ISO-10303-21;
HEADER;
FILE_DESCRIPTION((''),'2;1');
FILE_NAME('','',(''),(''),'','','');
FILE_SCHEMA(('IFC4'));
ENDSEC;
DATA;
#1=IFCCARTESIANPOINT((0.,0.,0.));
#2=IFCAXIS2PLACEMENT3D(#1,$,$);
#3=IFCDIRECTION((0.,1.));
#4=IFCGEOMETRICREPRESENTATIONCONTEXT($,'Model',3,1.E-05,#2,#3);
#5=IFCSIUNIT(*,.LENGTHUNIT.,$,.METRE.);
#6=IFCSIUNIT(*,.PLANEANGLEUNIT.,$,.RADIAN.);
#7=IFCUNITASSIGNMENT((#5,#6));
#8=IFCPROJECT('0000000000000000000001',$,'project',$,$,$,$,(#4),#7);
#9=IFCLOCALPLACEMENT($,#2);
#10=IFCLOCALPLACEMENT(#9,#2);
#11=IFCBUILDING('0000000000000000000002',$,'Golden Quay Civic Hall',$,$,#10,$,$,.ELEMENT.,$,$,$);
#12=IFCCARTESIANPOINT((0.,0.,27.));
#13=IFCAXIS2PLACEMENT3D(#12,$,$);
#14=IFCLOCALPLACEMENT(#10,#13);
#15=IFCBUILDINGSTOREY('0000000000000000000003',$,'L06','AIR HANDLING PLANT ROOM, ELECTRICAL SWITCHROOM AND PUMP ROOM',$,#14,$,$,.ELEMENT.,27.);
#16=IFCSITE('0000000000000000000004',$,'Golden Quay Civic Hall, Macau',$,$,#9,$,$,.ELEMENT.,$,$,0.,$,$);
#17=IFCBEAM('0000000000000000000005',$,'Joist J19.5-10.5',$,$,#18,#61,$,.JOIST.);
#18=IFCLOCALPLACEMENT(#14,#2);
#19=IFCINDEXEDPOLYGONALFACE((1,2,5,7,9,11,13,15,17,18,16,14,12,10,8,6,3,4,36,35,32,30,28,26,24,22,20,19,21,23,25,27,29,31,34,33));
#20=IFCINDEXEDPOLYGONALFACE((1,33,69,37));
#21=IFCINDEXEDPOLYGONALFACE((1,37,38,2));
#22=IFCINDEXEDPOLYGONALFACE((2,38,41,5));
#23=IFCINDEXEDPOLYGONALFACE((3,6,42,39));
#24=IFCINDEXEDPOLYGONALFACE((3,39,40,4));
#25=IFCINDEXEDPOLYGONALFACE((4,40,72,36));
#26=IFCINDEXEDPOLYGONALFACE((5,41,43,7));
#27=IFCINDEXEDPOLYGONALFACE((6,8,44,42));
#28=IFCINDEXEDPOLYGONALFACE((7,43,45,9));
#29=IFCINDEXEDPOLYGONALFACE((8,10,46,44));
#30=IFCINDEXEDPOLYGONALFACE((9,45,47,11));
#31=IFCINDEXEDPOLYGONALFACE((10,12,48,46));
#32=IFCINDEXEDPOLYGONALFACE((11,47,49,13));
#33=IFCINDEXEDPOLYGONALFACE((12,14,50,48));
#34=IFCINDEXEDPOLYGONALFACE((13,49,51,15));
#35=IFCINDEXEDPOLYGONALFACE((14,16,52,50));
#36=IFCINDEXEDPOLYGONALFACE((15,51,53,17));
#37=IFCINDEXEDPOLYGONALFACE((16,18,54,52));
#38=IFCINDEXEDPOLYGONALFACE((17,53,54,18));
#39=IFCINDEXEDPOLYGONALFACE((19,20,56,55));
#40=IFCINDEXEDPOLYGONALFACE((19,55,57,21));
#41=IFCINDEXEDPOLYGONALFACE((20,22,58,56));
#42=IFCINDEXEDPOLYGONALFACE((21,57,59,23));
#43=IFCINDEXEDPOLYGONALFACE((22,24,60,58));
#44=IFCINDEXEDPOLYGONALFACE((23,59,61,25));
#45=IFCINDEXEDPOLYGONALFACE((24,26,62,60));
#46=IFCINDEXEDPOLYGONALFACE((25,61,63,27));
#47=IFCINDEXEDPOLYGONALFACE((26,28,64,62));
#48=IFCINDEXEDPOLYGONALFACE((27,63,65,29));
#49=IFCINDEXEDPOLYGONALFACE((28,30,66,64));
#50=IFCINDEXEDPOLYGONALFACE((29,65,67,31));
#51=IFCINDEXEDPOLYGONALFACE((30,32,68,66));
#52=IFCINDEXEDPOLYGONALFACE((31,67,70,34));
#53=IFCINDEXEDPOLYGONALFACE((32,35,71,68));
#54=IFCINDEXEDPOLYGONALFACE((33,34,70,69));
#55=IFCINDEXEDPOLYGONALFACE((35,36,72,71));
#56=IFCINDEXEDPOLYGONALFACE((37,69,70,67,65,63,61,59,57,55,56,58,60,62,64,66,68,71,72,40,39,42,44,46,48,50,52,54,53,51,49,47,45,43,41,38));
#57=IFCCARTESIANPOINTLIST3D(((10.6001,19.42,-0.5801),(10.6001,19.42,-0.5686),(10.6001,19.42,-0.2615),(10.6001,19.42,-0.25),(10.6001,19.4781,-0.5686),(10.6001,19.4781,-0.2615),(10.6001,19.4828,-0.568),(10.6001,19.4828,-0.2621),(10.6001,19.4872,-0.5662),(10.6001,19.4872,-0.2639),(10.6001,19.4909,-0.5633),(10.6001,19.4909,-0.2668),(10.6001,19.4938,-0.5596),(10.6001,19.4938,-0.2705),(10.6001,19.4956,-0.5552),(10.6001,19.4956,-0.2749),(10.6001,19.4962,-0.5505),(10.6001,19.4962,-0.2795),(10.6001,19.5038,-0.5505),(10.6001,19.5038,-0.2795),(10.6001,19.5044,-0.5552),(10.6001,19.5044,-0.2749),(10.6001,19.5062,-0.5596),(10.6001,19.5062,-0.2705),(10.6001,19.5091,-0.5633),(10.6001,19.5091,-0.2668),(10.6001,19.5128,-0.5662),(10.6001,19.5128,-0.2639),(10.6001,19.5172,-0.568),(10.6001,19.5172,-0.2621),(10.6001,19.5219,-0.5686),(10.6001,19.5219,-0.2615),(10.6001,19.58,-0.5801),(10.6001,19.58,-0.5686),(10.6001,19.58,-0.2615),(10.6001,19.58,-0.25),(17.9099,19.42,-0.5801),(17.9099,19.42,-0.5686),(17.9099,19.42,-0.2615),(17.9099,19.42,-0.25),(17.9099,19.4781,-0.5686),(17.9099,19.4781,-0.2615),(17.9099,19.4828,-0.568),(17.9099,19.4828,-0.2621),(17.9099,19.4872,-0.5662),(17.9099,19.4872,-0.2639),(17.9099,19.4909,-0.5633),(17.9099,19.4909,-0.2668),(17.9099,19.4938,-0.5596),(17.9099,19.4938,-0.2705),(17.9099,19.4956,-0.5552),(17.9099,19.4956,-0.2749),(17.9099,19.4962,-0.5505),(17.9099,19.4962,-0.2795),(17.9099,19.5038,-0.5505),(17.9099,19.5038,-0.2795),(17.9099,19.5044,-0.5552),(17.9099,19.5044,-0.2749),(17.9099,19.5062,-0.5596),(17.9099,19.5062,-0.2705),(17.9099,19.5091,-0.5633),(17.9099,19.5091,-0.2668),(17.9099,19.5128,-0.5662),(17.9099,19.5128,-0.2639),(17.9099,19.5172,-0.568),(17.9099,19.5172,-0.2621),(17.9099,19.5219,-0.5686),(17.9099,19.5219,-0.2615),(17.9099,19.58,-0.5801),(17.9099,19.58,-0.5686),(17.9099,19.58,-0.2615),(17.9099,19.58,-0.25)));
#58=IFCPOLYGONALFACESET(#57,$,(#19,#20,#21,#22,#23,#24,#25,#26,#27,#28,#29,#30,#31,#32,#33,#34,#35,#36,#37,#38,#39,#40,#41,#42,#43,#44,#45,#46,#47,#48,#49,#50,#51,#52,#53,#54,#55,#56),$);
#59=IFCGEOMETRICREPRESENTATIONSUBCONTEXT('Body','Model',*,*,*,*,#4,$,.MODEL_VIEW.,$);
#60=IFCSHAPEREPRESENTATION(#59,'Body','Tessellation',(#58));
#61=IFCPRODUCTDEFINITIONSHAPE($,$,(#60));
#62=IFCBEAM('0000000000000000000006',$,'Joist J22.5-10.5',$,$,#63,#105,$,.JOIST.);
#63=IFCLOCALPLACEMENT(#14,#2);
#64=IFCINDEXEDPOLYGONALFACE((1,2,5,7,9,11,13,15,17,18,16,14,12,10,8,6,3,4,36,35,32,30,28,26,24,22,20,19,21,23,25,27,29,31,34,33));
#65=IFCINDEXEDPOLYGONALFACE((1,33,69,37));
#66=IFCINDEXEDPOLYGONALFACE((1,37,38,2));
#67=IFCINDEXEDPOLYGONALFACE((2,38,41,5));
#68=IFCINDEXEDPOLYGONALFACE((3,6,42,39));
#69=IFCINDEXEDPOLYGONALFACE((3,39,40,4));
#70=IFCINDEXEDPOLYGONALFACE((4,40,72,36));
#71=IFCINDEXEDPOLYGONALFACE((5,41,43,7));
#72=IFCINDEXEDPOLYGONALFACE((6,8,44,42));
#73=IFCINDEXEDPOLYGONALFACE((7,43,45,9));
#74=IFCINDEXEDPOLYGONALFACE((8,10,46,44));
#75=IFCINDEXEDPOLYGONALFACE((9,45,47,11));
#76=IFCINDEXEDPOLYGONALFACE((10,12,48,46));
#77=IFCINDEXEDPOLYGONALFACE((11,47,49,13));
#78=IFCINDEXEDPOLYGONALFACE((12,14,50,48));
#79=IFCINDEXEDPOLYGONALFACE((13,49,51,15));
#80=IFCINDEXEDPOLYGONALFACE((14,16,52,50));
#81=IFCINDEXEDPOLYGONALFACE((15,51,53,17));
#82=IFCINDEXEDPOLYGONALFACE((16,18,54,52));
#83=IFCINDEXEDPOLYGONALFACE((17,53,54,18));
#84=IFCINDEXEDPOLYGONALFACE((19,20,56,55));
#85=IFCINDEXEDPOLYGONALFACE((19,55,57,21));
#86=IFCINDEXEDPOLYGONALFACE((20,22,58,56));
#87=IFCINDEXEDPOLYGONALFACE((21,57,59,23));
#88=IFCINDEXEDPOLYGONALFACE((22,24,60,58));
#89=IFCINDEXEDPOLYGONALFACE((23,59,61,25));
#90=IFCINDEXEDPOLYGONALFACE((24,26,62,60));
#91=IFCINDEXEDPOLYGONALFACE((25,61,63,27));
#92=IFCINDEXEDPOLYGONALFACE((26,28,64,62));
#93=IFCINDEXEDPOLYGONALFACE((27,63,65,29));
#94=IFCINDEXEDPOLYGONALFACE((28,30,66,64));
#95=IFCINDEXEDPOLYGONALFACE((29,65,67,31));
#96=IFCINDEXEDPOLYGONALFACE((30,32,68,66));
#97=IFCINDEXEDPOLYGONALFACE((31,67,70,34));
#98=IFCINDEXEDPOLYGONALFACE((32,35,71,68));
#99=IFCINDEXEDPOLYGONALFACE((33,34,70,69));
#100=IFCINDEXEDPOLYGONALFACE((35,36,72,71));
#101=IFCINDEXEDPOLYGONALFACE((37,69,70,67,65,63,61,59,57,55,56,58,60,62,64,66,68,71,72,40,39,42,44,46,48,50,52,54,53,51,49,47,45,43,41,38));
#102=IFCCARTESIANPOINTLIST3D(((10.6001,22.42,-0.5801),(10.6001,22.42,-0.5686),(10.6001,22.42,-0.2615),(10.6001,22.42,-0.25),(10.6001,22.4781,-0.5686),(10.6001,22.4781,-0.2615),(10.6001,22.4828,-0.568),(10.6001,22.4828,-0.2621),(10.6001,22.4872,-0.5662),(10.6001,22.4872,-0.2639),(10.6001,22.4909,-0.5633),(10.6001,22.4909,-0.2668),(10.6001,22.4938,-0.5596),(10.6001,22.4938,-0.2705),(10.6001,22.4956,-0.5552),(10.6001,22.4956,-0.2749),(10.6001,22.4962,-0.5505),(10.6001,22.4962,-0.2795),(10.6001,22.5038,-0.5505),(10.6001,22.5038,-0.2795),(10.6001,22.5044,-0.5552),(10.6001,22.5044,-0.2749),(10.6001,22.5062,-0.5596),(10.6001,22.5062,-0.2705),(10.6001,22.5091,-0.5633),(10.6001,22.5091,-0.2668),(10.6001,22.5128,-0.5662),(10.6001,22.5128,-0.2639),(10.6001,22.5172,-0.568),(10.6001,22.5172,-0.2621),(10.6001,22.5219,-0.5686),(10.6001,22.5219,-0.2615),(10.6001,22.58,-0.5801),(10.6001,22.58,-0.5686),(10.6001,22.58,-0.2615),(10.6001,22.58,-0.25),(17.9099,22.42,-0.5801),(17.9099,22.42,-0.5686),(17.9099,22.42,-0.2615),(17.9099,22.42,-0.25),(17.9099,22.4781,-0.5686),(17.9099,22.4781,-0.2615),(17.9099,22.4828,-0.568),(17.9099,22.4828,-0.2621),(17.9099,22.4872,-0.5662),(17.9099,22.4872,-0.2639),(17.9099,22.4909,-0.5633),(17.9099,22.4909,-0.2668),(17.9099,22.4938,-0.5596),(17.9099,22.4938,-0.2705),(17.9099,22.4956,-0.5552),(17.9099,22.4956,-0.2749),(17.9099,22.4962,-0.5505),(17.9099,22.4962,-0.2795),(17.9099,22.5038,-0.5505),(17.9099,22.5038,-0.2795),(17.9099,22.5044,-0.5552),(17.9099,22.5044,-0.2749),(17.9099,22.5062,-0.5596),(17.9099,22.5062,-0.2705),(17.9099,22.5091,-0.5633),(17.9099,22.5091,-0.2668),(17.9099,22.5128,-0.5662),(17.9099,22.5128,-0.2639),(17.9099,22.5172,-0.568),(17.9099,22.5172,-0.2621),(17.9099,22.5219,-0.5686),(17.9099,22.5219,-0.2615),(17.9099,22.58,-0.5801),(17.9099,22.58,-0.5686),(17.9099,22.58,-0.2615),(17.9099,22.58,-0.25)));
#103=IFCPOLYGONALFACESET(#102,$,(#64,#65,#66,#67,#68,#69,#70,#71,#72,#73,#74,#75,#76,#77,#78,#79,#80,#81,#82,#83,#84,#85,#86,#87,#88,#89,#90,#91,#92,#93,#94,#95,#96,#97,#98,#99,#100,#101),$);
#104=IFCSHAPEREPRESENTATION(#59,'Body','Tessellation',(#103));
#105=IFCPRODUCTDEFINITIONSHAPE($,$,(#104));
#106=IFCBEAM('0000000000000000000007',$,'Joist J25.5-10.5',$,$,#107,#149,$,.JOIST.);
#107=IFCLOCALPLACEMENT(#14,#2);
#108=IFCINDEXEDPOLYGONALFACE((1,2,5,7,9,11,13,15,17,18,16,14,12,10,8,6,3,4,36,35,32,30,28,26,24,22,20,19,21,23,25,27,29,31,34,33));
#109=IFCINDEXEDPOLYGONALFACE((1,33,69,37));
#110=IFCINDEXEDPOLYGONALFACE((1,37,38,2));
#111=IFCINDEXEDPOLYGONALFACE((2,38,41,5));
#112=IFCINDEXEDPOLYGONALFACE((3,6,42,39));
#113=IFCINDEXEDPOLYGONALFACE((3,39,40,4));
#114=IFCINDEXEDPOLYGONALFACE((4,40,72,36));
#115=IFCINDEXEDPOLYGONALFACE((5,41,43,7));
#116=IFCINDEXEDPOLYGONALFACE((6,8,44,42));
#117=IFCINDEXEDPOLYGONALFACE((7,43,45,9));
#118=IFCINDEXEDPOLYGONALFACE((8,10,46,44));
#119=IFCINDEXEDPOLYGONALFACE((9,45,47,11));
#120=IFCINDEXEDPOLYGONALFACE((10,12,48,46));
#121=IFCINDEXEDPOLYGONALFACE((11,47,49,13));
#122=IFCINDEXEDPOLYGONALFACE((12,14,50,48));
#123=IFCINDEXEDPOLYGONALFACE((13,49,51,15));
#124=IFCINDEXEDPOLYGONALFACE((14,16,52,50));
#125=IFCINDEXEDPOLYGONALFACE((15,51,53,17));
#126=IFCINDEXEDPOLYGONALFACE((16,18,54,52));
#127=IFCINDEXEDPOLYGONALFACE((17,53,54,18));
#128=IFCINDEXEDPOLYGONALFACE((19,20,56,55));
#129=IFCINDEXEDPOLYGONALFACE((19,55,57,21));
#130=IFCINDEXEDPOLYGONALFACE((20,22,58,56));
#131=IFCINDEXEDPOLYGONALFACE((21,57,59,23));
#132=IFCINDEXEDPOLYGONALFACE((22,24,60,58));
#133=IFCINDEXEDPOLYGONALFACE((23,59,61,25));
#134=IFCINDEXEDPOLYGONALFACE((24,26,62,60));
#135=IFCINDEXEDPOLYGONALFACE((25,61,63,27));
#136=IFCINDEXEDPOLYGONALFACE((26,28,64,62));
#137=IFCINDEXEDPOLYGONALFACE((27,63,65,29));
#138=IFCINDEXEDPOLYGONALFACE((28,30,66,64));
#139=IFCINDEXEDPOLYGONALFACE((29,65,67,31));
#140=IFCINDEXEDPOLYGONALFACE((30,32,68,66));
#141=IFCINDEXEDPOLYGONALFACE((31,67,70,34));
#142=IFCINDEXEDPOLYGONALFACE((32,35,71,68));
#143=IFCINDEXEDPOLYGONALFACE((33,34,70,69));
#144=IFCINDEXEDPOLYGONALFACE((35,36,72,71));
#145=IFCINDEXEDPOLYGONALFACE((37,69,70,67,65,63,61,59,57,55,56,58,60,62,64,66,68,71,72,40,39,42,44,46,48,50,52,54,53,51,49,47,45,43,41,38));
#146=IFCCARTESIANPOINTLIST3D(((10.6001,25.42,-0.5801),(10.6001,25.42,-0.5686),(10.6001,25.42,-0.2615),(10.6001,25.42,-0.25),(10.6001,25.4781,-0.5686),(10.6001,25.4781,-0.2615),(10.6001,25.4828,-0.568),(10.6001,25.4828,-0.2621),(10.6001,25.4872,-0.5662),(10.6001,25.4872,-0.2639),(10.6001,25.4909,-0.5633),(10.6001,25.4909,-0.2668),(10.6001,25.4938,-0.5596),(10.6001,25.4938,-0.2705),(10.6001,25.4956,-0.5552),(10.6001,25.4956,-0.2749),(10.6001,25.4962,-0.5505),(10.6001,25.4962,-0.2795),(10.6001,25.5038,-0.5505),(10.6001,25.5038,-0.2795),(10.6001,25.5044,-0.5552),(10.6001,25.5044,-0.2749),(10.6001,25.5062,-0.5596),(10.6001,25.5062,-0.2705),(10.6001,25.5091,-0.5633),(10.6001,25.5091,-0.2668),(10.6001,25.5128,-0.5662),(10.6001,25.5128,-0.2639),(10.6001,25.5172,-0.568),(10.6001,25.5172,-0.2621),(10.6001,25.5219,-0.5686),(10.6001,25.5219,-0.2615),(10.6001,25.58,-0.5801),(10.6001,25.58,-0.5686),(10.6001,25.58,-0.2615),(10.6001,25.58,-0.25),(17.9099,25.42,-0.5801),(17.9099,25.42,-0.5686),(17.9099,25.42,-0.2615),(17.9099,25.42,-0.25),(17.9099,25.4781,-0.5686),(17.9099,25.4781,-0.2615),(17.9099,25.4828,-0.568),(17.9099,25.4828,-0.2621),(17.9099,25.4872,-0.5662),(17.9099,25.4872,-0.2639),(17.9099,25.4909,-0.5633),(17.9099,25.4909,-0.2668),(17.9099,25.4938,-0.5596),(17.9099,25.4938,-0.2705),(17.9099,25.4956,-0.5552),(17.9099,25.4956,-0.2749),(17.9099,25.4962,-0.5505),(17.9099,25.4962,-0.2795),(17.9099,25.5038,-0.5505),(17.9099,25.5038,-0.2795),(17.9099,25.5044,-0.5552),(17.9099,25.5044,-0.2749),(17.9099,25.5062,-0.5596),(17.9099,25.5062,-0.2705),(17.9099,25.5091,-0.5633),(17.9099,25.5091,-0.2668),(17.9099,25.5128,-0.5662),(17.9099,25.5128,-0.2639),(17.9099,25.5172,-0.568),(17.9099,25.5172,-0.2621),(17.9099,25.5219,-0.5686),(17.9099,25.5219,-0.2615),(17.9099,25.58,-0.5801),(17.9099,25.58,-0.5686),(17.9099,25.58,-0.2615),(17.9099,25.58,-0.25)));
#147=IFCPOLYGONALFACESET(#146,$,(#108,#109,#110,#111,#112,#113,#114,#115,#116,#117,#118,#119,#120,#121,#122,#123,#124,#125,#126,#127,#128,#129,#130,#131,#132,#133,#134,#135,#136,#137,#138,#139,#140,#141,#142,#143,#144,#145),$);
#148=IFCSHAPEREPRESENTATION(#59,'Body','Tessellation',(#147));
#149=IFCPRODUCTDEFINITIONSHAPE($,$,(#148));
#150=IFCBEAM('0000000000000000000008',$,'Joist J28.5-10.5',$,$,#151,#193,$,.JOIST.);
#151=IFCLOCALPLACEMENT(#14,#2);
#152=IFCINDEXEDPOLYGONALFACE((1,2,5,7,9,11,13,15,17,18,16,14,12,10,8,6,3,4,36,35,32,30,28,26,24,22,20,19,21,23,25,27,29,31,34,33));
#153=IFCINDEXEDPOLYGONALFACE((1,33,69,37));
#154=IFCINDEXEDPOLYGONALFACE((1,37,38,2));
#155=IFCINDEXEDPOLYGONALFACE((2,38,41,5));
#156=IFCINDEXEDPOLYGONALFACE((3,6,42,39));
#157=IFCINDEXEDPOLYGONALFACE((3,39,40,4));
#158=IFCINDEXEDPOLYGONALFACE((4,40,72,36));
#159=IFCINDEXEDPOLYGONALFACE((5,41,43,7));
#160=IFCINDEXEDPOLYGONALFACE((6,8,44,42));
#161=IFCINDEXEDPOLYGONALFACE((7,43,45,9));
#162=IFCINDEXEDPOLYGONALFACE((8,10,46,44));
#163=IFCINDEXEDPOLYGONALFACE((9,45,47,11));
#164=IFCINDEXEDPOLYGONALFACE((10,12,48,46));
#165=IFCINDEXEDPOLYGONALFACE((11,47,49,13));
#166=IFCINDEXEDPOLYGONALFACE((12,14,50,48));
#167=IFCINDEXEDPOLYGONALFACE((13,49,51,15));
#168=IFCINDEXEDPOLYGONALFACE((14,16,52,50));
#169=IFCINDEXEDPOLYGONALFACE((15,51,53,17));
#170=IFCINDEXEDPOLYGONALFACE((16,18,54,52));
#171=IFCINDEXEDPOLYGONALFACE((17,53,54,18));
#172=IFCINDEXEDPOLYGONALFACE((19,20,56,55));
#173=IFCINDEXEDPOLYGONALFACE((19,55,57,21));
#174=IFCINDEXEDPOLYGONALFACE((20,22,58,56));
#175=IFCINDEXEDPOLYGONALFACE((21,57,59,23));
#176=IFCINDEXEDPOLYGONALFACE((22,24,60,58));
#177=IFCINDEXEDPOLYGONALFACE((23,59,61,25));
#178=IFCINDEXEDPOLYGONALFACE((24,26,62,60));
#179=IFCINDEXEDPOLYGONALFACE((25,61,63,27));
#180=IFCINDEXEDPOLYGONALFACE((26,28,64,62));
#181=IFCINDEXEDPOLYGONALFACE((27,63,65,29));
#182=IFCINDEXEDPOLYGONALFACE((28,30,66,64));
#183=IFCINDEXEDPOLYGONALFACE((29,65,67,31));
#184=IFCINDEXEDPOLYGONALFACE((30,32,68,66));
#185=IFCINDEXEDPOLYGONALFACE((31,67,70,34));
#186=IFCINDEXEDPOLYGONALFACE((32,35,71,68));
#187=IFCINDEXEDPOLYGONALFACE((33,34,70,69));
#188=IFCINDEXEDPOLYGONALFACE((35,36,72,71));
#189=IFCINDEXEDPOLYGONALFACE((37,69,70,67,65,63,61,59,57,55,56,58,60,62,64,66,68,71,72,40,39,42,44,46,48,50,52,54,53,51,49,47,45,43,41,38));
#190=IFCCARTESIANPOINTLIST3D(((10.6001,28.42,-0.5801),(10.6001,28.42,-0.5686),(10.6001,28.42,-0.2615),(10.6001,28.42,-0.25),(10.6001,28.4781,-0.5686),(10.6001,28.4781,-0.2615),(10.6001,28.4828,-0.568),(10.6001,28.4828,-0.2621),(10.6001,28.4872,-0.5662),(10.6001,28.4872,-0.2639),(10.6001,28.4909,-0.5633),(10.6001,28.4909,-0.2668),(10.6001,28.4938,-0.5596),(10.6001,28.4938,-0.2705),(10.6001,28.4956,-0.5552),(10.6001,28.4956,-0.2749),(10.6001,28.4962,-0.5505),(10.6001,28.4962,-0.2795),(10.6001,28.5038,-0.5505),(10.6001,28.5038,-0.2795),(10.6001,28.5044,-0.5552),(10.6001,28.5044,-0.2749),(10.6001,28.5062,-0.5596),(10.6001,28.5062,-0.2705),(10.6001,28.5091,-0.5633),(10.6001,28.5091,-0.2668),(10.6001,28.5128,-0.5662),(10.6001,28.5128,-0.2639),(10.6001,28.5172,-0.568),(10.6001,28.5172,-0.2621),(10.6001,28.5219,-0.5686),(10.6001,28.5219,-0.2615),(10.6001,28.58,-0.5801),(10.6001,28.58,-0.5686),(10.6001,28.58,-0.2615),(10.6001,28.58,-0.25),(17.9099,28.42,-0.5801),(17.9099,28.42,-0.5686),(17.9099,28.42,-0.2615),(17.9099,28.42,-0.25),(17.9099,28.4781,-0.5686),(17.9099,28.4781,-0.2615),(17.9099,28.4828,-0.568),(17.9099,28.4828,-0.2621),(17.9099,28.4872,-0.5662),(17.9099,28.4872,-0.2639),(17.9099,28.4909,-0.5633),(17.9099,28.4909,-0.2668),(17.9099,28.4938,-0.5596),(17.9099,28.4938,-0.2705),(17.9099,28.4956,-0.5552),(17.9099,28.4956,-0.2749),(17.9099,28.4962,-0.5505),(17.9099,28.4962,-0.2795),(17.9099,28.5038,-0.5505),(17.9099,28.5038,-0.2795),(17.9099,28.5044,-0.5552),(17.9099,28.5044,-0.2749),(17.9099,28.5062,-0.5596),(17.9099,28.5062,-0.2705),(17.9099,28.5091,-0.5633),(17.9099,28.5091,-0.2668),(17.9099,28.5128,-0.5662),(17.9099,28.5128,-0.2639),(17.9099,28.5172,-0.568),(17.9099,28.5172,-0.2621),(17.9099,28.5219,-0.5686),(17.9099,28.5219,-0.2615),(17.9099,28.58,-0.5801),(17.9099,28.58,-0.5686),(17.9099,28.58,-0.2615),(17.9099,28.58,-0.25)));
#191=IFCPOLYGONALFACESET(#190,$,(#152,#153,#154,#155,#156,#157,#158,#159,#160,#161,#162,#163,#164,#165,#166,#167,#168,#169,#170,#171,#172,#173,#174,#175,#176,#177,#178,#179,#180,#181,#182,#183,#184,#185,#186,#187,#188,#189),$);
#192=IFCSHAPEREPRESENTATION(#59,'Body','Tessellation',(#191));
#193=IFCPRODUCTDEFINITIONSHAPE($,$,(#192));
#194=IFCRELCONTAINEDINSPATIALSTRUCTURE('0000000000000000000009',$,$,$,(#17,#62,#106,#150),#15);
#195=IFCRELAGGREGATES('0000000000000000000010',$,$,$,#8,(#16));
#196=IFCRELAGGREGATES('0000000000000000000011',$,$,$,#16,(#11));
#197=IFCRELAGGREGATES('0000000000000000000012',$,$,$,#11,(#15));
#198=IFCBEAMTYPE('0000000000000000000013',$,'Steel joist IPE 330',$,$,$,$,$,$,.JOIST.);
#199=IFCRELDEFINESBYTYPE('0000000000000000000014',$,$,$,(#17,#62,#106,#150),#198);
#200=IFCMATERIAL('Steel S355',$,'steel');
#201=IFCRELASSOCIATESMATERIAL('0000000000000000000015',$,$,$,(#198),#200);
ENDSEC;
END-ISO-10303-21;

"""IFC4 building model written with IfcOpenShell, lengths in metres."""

from ifc_helpers import new_model, si_unit, direction, frame, origin, origin_2d, place, context, subcontext, project, spatial, i_section, extrude, material, material_profile, profile_set, type_object, element, save


model = new_model("IFC4")

# Units and contexts
model_context = context("Model", 3, precision=1e-05, world=origin(), true_north=direction((0.0, 1.0)))
body_context = subcontext(model_context, "Body", "Model", "MODEL_VIEW")
ifc_project = project(units=[si_unit("LENGTHUNIT", "METRE"), si_unit("PLANEANGLEUNIT", "RADIAN")], contexts=[model_context])

# Site, building, storey
site_placement = place(None, origin())
site = spatial("IfcSite", under=ifc_project, at=site_placement, Name="Golden Quay Civic Hall, Macau", CompositionType="ELEMENT", RefElevation=0.0)
building_placement = place(site_placement, origin())
building = spatial("IfcBuilding", under=site, at=building_placement, Name="Golden Quay Civic Hall", CompositionType="ELEMENT")
storey_placement = place(building_placement, frame((0.0, 0.0, 27.0)))
storey = spatial("IfcBuildingStorey", under=building, at=storey_placement, Name="L06", Description="AIR HANDLING PLANT ROOM, ELECTRICAL SWITCHROOM AND PUMP ROOM", CompositionType="ELEMENT", Elevation=27.0)

# Beams
ifc_material_1 = material(Name="Steel S355", Category="steel")
ifc_material_profile_1 = material_profile(ifc_material_1, i_section(OverallWidth=0.1599, OverallDepth=0.3301, WebThickness=0.0076, FlangeThickness=0.0115, FilletRadius=0.0181, at=origin_2d()), Name="IPE 330")
ifc_profile_set_1 = profile_set([ifc_material_profile_1], Name="Steel S355")
beam_type_1 = type_object("IfcBeamType", Name="Steel joist IPE 330", PredefinedType="JOIST", material=ifc_profile_set_1)
for number, where, z_axis, x_axis, name in (
    (1, (10.6001, 19.5, -0.415), (1.0, 0.0, 0.0), (0.0, 1.0, 0.0), "Joist J19.5-10.5"),
    (2, (10.6001, 22.5, -0.415), (1.0, 0.0, 0.0), (0.0, 1.0, 0.0), "Joist J22.5-10.5"),
    (3, (10.6001, 25.5, -0.415), (1.0, 0.0, 0.0), (0.0, 1.0, 0.0), "Joist J25.5-10.5"),
    (4, (10.6001, 28.5, -0.415), (1.0, 0.0, 0.0), (0.0, 1.0, 0.0), "Joist J28.5-10.5"),
):
    element("IfcBeam", number, at=place(storey_placement, frame(where, z_axis=z_axis, x_axis=x_axis)), inside=storey, type_object=beam_type_1, Name=name, PredefinedType="JOIST", context=body_context, shape_type="SweptSolid", body=[
        extrude(i_section(OverallWidth=0.1599, OverallDepth=0.3301, WebThickness=0.0076, FlangeThickness=0.0115, FilletRadius=0.0181, at=origin_2d()), origin(), (0.0, 0.0, 1.0), 7.3098),
    ])

save(model, "model.ifc")
